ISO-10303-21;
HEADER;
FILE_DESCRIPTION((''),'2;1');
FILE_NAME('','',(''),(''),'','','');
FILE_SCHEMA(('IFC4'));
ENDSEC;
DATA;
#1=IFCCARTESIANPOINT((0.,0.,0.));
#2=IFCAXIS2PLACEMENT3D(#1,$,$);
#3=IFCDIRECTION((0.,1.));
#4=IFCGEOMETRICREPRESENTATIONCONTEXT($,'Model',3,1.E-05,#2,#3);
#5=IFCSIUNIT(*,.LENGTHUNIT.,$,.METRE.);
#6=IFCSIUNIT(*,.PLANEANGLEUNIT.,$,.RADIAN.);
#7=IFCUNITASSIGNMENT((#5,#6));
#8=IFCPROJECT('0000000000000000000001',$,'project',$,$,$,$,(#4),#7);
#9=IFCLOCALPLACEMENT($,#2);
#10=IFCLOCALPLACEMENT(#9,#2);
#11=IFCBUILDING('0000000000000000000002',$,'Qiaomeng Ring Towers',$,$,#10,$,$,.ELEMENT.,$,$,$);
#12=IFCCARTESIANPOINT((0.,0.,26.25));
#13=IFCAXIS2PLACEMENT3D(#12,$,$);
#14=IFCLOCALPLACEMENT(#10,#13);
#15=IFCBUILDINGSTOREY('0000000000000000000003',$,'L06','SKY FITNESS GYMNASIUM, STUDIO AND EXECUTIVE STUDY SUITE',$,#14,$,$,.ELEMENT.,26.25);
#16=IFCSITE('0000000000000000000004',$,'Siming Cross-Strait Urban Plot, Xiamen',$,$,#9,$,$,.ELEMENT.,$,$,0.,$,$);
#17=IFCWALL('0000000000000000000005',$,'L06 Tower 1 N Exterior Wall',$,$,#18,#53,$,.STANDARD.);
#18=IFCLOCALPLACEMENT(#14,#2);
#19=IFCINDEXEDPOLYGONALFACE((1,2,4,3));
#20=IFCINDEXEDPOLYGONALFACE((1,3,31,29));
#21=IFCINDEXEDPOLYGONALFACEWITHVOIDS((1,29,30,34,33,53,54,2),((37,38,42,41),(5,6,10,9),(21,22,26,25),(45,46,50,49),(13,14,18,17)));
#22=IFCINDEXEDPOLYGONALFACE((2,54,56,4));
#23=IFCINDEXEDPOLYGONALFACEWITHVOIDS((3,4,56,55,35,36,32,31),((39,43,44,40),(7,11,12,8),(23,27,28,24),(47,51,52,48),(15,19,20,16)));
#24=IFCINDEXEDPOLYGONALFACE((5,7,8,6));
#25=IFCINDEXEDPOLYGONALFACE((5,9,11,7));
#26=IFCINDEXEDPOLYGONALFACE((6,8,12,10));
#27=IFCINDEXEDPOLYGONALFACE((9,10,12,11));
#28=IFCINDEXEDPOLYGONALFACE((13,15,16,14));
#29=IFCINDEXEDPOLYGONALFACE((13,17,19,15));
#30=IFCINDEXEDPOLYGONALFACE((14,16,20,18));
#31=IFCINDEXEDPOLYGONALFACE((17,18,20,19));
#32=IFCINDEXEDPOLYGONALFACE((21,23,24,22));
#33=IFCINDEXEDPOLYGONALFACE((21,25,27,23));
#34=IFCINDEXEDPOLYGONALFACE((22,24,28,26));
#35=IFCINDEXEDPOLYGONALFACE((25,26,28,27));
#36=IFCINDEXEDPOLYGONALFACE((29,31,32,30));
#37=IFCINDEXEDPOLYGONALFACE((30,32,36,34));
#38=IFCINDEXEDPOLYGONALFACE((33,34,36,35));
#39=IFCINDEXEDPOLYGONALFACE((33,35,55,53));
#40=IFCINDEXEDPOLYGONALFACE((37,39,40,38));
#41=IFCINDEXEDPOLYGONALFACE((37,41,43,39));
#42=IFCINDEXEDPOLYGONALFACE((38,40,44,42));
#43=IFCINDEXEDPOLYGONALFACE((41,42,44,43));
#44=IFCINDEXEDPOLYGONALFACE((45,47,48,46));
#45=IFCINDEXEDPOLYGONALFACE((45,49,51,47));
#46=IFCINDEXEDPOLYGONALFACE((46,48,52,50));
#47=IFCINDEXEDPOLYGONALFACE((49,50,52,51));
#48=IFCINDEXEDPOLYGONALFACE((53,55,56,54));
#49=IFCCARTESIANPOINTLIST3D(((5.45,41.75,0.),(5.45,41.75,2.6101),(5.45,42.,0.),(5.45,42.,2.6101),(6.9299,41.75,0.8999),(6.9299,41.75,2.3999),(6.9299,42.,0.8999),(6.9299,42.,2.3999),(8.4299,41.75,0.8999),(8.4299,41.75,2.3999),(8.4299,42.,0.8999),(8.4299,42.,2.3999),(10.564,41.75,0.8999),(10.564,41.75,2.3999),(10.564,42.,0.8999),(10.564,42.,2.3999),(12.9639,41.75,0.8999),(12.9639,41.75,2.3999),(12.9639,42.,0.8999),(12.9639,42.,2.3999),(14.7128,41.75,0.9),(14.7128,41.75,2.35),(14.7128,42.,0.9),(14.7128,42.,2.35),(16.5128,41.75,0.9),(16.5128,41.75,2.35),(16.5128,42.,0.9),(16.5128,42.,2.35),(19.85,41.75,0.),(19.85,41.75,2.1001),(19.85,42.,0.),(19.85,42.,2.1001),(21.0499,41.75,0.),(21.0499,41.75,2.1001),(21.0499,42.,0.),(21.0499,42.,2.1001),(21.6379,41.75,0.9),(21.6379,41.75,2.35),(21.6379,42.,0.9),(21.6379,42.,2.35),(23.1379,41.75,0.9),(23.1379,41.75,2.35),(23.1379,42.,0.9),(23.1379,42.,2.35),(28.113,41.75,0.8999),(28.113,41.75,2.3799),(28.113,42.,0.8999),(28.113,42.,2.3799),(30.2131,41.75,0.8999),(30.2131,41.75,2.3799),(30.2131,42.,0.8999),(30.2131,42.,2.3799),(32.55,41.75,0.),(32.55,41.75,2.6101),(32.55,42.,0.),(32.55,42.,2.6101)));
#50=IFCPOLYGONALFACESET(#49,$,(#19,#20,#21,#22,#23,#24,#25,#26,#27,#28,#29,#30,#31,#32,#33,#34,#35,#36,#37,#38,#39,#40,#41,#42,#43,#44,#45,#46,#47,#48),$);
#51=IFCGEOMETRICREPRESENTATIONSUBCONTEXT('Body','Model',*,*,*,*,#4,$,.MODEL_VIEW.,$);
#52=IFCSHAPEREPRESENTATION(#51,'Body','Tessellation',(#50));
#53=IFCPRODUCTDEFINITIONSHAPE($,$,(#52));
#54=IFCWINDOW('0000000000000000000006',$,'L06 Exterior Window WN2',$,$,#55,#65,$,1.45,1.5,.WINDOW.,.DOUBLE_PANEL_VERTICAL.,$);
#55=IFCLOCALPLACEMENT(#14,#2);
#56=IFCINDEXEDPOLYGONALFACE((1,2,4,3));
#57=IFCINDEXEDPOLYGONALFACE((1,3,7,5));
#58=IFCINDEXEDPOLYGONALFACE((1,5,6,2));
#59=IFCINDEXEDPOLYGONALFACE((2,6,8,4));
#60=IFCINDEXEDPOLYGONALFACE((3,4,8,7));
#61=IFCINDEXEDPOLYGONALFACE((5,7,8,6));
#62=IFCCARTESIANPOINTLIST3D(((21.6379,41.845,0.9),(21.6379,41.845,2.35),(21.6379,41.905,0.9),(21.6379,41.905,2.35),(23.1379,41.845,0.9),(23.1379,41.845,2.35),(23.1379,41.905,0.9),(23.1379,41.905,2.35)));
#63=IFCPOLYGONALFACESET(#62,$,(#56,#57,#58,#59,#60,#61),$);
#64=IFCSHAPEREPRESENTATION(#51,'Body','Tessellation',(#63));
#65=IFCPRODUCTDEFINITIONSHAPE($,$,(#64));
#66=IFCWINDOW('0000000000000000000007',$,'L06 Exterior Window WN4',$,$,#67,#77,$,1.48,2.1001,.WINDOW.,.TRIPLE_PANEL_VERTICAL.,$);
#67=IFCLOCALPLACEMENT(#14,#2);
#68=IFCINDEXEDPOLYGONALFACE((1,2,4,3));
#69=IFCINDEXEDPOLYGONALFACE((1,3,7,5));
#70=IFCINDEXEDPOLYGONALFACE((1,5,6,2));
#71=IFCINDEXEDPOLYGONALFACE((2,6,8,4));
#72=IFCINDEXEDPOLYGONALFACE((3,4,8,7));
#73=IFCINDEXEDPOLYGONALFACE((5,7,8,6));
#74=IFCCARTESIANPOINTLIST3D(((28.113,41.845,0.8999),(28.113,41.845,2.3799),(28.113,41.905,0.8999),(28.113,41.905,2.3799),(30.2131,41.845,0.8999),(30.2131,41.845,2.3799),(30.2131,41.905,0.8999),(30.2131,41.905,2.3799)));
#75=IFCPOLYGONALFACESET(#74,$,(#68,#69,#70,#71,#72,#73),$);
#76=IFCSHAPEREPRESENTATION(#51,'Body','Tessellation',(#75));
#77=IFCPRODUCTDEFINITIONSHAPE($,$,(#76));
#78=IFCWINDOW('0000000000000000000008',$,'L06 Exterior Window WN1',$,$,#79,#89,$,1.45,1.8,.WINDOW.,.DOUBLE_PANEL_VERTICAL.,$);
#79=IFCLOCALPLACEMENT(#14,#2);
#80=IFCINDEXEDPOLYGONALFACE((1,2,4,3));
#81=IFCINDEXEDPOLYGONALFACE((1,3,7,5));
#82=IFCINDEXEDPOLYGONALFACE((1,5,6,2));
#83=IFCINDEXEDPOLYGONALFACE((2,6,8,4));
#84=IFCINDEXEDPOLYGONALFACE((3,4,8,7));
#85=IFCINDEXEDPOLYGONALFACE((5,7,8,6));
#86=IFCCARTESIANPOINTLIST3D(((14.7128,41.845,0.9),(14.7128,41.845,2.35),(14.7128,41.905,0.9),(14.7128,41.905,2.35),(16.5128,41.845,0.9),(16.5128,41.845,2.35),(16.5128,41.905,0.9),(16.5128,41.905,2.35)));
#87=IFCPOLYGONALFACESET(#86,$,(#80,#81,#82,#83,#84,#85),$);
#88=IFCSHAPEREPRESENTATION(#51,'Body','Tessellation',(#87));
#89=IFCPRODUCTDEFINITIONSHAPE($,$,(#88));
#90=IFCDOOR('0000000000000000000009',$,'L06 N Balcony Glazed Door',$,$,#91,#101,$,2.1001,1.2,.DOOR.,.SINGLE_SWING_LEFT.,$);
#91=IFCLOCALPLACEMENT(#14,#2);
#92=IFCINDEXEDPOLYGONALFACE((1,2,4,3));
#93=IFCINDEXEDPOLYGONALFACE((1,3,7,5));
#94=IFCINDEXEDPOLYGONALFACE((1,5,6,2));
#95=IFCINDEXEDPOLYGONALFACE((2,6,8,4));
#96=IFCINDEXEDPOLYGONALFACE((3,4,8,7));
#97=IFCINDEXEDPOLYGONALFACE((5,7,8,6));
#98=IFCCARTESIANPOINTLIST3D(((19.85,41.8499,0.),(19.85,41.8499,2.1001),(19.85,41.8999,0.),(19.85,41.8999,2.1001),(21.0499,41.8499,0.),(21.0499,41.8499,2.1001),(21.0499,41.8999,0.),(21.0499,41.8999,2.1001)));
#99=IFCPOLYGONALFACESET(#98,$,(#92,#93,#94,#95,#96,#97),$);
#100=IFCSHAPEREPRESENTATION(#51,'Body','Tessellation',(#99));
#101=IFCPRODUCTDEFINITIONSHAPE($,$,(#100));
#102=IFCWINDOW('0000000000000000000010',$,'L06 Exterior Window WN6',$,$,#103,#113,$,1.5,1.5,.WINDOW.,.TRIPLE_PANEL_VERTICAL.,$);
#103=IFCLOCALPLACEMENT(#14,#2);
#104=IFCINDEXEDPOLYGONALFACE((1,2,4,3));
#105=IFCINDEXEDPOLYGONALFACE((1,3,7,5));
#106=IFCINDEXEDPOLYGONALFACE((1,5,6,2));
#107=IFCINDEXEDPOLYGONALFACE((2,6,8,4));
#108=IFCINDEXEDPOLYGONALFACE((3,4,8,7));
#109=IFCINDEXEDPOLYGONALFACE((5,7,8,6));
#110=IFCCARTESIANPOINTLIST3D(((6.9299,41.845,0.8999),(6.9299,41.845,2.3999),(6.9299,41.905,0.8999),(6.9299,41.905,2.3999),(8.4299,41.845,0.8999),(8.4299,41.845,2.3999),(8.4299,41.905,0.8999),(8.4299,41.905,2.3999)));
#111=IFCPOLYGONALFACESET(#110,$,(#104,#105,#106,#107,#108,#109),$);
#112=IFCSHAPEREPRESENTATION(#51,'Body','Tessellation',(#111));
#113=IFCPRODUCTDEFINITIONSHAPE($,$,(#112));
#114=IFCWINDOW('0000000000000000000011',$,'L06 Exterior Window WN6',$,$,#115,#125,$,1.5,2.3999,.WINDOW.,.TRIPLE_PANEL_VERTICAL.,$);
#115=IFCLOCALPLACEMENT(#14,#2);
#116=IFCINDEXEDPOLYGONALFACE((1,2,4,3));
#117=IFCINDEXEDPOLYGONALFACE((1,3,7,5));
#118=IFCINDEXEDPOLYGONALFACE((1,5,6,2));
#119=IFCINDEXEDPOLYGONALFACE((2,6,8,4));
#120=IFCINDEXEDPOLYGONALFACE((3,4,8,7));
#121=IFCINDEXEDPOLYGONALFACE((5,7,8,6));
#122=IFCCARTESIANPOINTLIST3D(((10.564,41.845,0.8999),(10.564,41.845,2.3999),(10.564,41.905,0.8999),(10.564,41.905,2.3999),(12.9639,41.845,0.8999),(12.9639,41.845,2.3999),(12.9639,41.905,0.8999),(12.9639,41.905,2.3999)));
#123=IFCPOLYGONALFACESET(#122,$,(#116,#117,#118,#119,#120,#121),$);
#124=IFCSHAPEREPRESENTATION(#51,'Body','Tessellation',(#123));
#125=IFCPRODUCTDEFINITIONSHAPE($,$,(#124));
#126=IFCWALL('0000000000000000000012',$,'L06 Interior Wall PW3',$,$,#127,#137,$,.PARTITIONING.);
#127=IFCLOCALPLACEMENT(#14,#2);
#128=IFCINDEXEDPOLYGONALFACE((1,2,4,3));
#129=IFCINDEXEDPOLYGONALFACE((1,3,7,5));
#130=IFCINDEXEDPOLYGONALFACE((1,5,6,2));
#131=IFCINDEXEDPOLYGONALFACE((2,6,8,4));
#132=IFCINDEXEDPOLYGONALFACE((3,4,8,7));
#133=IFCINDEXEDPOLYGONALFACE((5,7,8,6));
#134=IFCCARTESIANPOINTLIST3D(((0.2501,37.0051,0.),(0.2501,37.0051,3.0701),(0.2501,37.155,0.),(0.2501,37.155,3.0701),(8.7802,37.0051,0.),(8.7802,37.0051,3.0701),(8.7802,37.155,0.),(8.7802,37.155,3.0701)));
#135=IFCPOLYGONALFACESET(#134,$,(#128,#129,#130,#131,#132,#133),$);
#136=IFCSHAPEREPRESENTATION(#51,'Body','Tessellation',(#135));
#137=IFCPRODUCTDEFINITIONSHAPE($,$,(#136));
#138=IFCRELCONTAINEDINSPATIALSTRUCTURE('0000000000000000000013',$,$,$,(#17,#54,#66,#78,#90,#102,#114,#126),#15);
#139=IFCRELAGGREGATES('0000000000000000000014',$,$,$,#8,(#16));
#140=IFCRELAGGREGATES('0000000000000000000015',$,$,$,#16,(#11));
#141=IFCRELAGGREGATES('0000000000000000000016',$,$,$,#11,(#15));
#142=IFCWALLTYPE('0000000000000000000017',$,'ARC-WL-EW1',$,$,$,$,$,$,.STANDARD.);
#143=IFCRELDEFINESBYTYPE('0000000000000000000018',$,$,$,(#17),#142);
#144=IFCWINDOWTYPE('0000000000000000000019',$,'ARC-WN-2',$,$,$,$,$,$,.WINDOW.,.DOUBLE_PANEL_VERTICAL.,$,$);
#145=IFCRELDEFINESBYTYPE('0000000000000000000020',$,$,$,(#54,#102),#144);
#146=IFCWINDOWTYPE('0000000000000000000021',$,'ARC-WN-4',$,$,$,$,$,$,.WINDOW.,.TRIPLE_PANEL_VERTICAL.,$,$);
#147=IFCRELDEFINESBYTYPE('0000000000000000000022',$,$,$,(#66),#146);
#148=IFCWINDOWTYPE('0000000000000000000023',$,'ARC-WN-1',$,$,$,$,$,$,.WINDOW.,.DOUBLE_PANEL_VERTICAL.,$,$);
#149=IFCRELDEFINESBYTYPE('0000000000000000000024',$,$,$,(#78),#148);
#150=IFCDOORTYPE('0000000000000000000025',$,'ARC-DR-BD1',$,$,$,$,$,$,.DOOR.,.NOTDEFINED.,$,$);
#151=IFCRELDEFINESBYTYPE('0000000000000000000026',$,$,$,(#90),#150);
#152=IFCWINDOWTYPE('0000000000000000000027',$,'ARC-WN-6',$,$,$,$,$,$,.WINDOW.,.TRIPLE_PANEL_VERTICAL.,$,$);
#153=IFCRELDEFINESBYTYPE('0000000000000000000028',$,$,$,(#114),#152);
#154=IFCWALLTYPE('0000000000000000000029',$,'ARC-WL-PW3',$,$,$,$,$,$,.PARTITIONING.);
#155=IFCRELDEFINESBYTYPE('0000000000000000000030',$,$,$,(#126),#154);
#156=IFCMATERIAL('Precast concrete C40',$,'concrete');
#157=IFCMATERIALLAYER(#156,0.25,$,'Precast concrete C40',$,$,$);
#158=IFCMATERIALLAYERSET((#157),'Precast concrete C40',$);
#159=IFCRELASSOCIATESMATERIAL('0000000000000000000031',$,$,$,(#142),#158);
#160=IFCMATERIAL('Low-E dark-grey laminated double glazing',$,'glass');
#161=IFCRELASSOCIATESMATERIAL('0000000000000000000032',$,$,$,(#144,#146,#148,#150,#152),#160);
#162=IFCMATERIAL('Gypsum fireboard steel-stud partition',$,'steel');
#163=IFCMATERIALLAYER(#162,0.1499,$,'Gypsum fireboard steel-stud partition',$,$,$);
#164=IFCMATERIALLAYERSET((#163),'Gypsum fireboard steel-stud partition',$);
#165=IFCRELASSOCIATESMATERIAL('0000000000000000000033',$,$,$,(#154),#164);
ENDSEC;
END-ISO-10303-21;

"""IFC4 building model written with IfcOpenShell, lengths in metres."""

from ifc_helpers import new_model, si_unit, direction, frame, frame_2d, origin, place, context, subcontext, project, spatial, rectangle, extrude, source, transform, mapped, material, layer, layer_set, type_object, element, fill, save


model = new_model("IFC4")

# Units and contexts
model_context = context("Model", 3, precision=1e-05, world=origin(), true_north=direction((0.0, 1.0)))
body_context = subcontext(model_context, "Body", "Model", "MODEL_VIEW")
ifc_project = project(units=[si_unit("LENGTHUNIT", "METRE"), si_unit("PLANEANGLEUNIT", "RADIAN")], contexts=[model_context])

# Site, building, storey
site_placement = place(None, origin())
site = spatial("IfcSite", under=ifc_project, at=site_placement, Name="Siming Cross-Strait Urban Plot, Xiamen", CompositionType="ELEMENT", RefElevation=0.0)
building_placement = place(site_placement, origin())
building = spatial("IfcBuilding", under=site, at=building_placement, Name="Qiaomeng Ring Towers", CompositionType="ELEMENT")
storey_placement = place(building_placement, frame((0.0, 0.0, 26.25)))
storey = spatial("IfcBuildingStorey", under=building, at=storey_placement, Name="L06", Description="SKY FITNESS GYMNASIUM, STUDIO AND EXECUTIVE STUDY SUITE", CompositionType="ELEMENT", Elevation=26.25)

# Shared definitions
ifc_material_1 = material(Name="Low-E dark-grey laminated double glazing", Category="glass")

# Wall, openings, windows, door
ifc_material_2 = material(Name="Precast concrete C40", Category="concrete")
ifc_layer_1 = layer(ifc_material_2, 0.25, Name="Precast concrete C40")
ifc_layer_set_1 = layer_set([ifc_layer_1], Name="Precast concrete C40")
wall_type_1 = type_object("IfcWallType", Name="ARC-WL-EW1", PredefinedType="STANDARD", material=ifc_layer_set_1)
wall_1_placement = place(storey_placement, frame((5.45, 41.875, 0.0), z_axis=(0.0, 0.0, 1.0), x_axis=(1.0, 0.0, 0.0)))
wall_1 = element("IfcWall", 1, at=wall_1_placement, inside=storey, type_object=wall_type_1, Name="L06 Tower 1 N Exterior Wall", PredefinedType="STANDARD", context=body_context, shape_type="SweptSolid", body=[
    extrude(rectangle(XDim=27.1001, YDim=0.25, at=frame_2d((13.55, 0.0))), origin(), (0.0, 0.0, 1.0), 2.6101),
])
opening_1_placement = place(wall_1_placement, frame((14.3999, 0.0, 0.0)))
opening_1 = element("IfcOpeningElement", 2, at=opening_1_placement, cuts=wall_1, PredefinedType="OPENING", context=body_context, shape_type="SweptSolid", body=[
    extrude(rectangle(XDim=1.2, YDim=2.1001, at=frame_2d((0.6001, 1.05))), frame((0.0, 0.135, 0.0), z_axis=(0.0, -1.0, 0.0), x_axis=(1.0, 0.0, 0.0)), (0.0, 0.0, 1.0), 0.27),
])
opening_2_placement = place(wall_1_placement, frame((1.48, 0.0, 0.8999)))
opening_2 = element("IfcOpeningElement", 3, at=opening_2_placement, cuts=wall_1, PredefinedType="OPENING", context=body_context, shape_type="SweptSolid", body=[
    extrude(rectangle(XDim=1.5, YDim=1.5, at=frame_2d((0.75, 0.75))), frame((0.0, 0.135, 0.0), z_axis=(0.0, -1.0, 0.0), x_axis=(1.0, 0.0, 0.0)), (0.0, 0.0, 1.0), 0.27),
])
opening_3_placement = place(wall_1_placement, frame((9.2629, 0.0, 0.8999)))
opening_3 = element("IfcOpeningElement", 4, at=opening_3_placement, cuts=wall_1, PredefinedType="OPENING", context=body_context, shape_type="SweptSolid", body=[
    extrude(rectangle(XDim=1.8, YDim=1.45, at=frame_2d((0.8999, 0.7251))), frame((0.0, 0.135, 0.0), z_axis=(0.0, -1.0, 0.0), x_axis=(1.0, 0.0, 0.0)), (0.0, 0.0, 1.0), 0.27),
])
opening_4_placement = place(wall_1_placement, frame((16.188, 0.0, 0.8999)))
opening_4 = element("IfcOpeningElement", 5, at=opening_4_placement, cuts=wall_1, PredefinedType="OPENING", context=body_context, shape_type="SweptSolid", body=[
    extrude(rectangle(XDim=1.5, YDim=1.45, at=frame_2d((0.75, 0.7251))), frame((0.0, 0.135, 0.0), z_axis=(0.0, -1.0, 0.0), x_axis=(1.0, 0.0, 0.0)), (0.0, 0.0, 1.0), 0.27),
])
opening_5_placement = place(wall_1_placement, frame((22.6631, 0.0, 0.8999)))
opening_5 = element("IfcOpeningElement", 6, at=opening_5_placement, cuts=wall_1, PredefinedType="OPENING", context=body_context, shape_type="SweptSolid", body=[
    extrude(rectangle(XDim=2.1001, YDim=1.48, at=frame_2d((1.05, 0.74))), frame((0.0, 0.135, 0.0), z_axis=(0.0, -1.0, 0.0), x_axis=(1.0, 0.0, 0.0)), (0.0, 0.0, 1.0), 0.27),
])
opening_6_placement = place(wall_1_placement, frame((5.114, 0.0, 0.8999)))
opening_6 = element("IfcOpeningElement", 7, at=opening_6_placement, cuts=wall_1, PredefinedType="OPENING", context=body_context, shape_type="SweptSolid", body=[
    extrude(rectangle(XDim=2.3999, YDim=1.5, at=frame_2d((1.2, 0.75))), frame((0.0, 0.135, 0.0), z_axis=(0.0, -1.0, 0.0), x_axis=(1.0, 0.0, 0.0)), (0.0, 0.0, 1.0), 0.27),
])
window_type_1 = type_object("IfcWindowType", Name="ARC-WN-2", PartitioningType="DOUBLE_PANEL_VERTICAL", PredefinedType="WINDOW", material=ifc_material_1)
shared_shape_1 = source(origin(), body_context, "Body", "SweptSolid", [
    extrude(rectangle(XDim=1.5, YDim=1.45, at=frame_2d((0.75, 0.7251))), frame((0.0, 0.03, 0.0), z_axis=(0.0, -1.0, 0.0), x_axis=(1.0, 0.0, 0.0)), (0.0, 0.0, 1.0), 0.0601),
])
window_1_placement = place(opening_4_placement, origin())
window_1 = element("IfcWindow", 8, at=window_1_placement, inside=storey, type_object=window_type_1, Name="L06 Exterior Window WN2", OverallHeight=1.45, OverallWidth=1.5, PartitioningType="DOUBLE_PANEL_VERTICAL", PredefinedType="WINDOW", context=body_context, shape_type="MappedRepresentation", body=[
    mapped(shared_shape_1, transform((0.0, 0.0, 0.0), x_axis=(1.0, 0.0, 0.0), y_axis=(0.0, 1.0, 0.0), z_axis=(0.0, 0.0, 1.0), scale=1.0)),
])
fill(opening_4, window_1)
window_type_2 = type_object("IfcWindowType", Name="ARC-WN-4", PartitioningType="TRIPLE_PANEL_VERTICAL", PredefinedType="WINDOW", material=ifc_material_1)
shared_shape_2 = source(origin(), body_context, "Body", "SweptSolid", [
    extrude(rectangle(XDim=2.1001, YDim=1.48, at=frame_2d((1.05, 0.74))), frame((0.0, 0.03, 0.0), z_axis=(0.0, -1.0, 0.0), x_axis=(1.0, 0.0, 0.0)), (0.0, 0.0, 1.0), 0.0601),
])
window_2_placement = place(opening_5_placement, origin())
window_2 = element("IfcWindow", 9, at=window_2_placement, inside=storey, type_object=window_type_2, Name="L06 Exterior Window WN4", OverallHeight=1.48, OverallWidth=2.1001, PartitioningType="TRIPLE_PANEL_VERTICAL", PredefinedType="WINDOW", context=body_context, shape_type="MappedRepresentation", body=[
    mapped(shared_shape_2, transform((0.0, 0.0, 0.0), x_axis=(1.0, 0.0, 0.0), y_axis=(0.0, 1.0, 0.0), z_axis=(0.0, 0.0, 1.0), scale=1.0)),
])
fill(opening_5, window_2)
window_type_3 = type_object("IfcWindowType", Name="ARC-WN-1", PartitioningType="DOUBLE_PANEL_VERTICAL", PredefinedType="WINDOW", material=ifc_material_1)
shared_shape_3 = source(origin(), body_context, "Body", "SweptSolid", [
    extrude(rectangle(XDim=1.8, YDim=1.45, at=frame_2d((0.8999, 0.7251))), frame((0.0, 0.03, 0.0), z_axis=(0.0, -1.0, 0.0), x_axis=(1.0, 0.0, 0.0)), (0.0, 0.0, 1.0), 0.0601),
])
window_3_placement = place(opening_3_placement, origin())
window_3 = element("IfcWindow", 10, at=window_3_placement, inside=storey, type_object=window_type_3, Name="L06 Exterior Window WN1", OverallHeight=1.45, OverallWidth=1.8, PartitioningType="DOUBLE_PANEL_VERTICAL", PredefinedType="WINDOW", context=body_context, shape_type="MappedRepresentation", body=[
    mapped(shared_shape_3, transform((0.0, 0.0, 0.0), x_axis=(1.0, 0.0, 0.0), y_axis=(0.0, 1.0, 0.0), z_axis=(0.0, 0.0, 1.0), scale=1.0)),
])
fill(opening_3, window_3)
door_type = type_object("IfcDoorType", Name="ARC-DR-BD1", OperationType="NOTDEFINED", PredefinedType="DOOR", material=ifc_material_1)
shared_shape_4 = source(origin(), body_context, "Body", "SweptSolid", [
    extrude(rectangle(XDim=1.2, YDim=2.1001, at=frame_2d((0.6001, 1.05))), frame((0.0, 0.0249, 0.0), z_axis=(0.0, -1.0, 0.0), x_axis=(1.0, 0.0, 0.0)), (0.0, 0.0, 1.0), 0.05),
])
door_placement = place(opening_1_placement, origin())
door = element("IfcDoor", 11, at=door_placement, inside=storey, type_object=door_type, Name="L06 N Balcony Glazed Door", OperationType="SINGLE_SWING_LEFT", OverallHeight=2.1001, OverallWidth=1.2, PredefinedType="DOOR", context=body_context, shape_type="MappedRepresentation", body=[
    mapped(shared_shape_4, transform((0.0, 0.0, 0.0), x_axis=(1.0, 0.0, 0.0), y_axis=(0.0, 1.0, 0.0), z_axis=(0.0, 0.0, 1.0), scale=1.0)),
])
fill(opening_1, door)
shared_shape_5 = source(origin(), body_context, "Body", "SweptSolid", [
    extrude(rectangle(XDim=1.5, YDim=1.5, at=frame_2d((0.75, 0.75))), frame((0.0, 0.03, 0.0), z_axis=(0.0, -1.0, 0.0), x_axis=(1.0, 0.0, 0.0)), (0.0, 0.0, 1.0), 0.0601),
])
window_4_placement = place(opening_2_placement, origin())
window_4 = element("IfcWindow", 12, at=window_4_placement, inside=storey, type_object=window_type_1, Name="L06 Exterior Window WN6", OverallHeight=1.5, OverallWidth=1.5, PartitioningType="TRIPLE_PANEL_VERTICAL", PredefinedType="WINDOW", context=body_context, shape_type="MappedRepresentation", body=[
    mapped(shared_shape_5, transform((0.0, 0.0, 0.0), x_axis=(1.0, 0.0, 0.0), y_axis=(0.0, 1.0, 0.0), z_axis=(0.0, 0.0, 1.0), scale=1.0)),
])
fill(opening_2, window_4)
window_type_4 = type_object("IfcWindowType", Name="ARC-WN-6", PartitioningType="TRIPLE_PANEL_VERTICAL", PredefinedType="WINDOW", material=ifc_material_1)
shared_shape_6 = source(origin(), body_context, "Body", "SweptSolid", [
    extrude(rectangle(XDim=2.3999, YDim=1.5, at=frame_2d((1.2, 0.75))), frame((0.0, 0.03, 0.0), z_axis=(0.0, -1.0, 0.0), x_axis=(1.0, 0.0, 0.0)), (0.0, 0.0, 1.0), 0.0601),
])
window_5_placement = place(opening_6_placement, origin())
window_5 = element("IfcWindow", 13, at=window_5_placement, inside=storey, type_object=window_type_4, Name="L06 Exterior Window WN6", OverallHeight=1.5, OverallWidth=2.3999, PartitioningType="TRIPLE_PANEL_VERTICAL", PredefinedType="WINDOW", context=body_context, shape_type="MappedRepresentation", body=[
    mapped(shared_shape_6, transform((0.0, 0.0, 0.0), x_axis=(1.0, 0.0, 0.0), y_axis=(0.0, 1.0, 0.0), z_axis=(0.0, 0.0, 1.0), scale=1.0)),
])
fill(opening_6, window_5)

# Wall
ifc_material_3 = material(Name="Gypsum fireboard steel-stud partition", Category="steel")
ifc_layer_2 = layer(ifc_material_3, 0.1499, Name="Gypsum fireboard steel-stud partition")
ifc_layer_set_2 = layer_set([ifc_layer_2], Name="Gypsum fireboard steel-stud partition")
wall_type_2 = type_object("IfcWallType", Name="ARC-WL-PW3", PredefinedType="PARTITIONING", material=ifc_layer_set_2)
wall_2_placement = place(storey_placement, frame((0.25, 37.0801, 0.0), z_axis=(0.0, 0.0, 1.0), x_axis=(1.0, 0.0, 0.0)))
element("IfcWall", 14, at=wall_2_placement, inside=storey, type_object=wall_type_2, Name="L06 Interior Wall PW3", PredefinedType="PARTITIONING", context=body_context, shape_type="SweptSolid", body=[
    extrude(rectangle(XDim=8.53, YDim=0.1499, at=frame_2d((4.2651, 0.0))), origin(), (0.0, 0.0, 1.0), 3.0701),
])

save(model, "model.ifc")
